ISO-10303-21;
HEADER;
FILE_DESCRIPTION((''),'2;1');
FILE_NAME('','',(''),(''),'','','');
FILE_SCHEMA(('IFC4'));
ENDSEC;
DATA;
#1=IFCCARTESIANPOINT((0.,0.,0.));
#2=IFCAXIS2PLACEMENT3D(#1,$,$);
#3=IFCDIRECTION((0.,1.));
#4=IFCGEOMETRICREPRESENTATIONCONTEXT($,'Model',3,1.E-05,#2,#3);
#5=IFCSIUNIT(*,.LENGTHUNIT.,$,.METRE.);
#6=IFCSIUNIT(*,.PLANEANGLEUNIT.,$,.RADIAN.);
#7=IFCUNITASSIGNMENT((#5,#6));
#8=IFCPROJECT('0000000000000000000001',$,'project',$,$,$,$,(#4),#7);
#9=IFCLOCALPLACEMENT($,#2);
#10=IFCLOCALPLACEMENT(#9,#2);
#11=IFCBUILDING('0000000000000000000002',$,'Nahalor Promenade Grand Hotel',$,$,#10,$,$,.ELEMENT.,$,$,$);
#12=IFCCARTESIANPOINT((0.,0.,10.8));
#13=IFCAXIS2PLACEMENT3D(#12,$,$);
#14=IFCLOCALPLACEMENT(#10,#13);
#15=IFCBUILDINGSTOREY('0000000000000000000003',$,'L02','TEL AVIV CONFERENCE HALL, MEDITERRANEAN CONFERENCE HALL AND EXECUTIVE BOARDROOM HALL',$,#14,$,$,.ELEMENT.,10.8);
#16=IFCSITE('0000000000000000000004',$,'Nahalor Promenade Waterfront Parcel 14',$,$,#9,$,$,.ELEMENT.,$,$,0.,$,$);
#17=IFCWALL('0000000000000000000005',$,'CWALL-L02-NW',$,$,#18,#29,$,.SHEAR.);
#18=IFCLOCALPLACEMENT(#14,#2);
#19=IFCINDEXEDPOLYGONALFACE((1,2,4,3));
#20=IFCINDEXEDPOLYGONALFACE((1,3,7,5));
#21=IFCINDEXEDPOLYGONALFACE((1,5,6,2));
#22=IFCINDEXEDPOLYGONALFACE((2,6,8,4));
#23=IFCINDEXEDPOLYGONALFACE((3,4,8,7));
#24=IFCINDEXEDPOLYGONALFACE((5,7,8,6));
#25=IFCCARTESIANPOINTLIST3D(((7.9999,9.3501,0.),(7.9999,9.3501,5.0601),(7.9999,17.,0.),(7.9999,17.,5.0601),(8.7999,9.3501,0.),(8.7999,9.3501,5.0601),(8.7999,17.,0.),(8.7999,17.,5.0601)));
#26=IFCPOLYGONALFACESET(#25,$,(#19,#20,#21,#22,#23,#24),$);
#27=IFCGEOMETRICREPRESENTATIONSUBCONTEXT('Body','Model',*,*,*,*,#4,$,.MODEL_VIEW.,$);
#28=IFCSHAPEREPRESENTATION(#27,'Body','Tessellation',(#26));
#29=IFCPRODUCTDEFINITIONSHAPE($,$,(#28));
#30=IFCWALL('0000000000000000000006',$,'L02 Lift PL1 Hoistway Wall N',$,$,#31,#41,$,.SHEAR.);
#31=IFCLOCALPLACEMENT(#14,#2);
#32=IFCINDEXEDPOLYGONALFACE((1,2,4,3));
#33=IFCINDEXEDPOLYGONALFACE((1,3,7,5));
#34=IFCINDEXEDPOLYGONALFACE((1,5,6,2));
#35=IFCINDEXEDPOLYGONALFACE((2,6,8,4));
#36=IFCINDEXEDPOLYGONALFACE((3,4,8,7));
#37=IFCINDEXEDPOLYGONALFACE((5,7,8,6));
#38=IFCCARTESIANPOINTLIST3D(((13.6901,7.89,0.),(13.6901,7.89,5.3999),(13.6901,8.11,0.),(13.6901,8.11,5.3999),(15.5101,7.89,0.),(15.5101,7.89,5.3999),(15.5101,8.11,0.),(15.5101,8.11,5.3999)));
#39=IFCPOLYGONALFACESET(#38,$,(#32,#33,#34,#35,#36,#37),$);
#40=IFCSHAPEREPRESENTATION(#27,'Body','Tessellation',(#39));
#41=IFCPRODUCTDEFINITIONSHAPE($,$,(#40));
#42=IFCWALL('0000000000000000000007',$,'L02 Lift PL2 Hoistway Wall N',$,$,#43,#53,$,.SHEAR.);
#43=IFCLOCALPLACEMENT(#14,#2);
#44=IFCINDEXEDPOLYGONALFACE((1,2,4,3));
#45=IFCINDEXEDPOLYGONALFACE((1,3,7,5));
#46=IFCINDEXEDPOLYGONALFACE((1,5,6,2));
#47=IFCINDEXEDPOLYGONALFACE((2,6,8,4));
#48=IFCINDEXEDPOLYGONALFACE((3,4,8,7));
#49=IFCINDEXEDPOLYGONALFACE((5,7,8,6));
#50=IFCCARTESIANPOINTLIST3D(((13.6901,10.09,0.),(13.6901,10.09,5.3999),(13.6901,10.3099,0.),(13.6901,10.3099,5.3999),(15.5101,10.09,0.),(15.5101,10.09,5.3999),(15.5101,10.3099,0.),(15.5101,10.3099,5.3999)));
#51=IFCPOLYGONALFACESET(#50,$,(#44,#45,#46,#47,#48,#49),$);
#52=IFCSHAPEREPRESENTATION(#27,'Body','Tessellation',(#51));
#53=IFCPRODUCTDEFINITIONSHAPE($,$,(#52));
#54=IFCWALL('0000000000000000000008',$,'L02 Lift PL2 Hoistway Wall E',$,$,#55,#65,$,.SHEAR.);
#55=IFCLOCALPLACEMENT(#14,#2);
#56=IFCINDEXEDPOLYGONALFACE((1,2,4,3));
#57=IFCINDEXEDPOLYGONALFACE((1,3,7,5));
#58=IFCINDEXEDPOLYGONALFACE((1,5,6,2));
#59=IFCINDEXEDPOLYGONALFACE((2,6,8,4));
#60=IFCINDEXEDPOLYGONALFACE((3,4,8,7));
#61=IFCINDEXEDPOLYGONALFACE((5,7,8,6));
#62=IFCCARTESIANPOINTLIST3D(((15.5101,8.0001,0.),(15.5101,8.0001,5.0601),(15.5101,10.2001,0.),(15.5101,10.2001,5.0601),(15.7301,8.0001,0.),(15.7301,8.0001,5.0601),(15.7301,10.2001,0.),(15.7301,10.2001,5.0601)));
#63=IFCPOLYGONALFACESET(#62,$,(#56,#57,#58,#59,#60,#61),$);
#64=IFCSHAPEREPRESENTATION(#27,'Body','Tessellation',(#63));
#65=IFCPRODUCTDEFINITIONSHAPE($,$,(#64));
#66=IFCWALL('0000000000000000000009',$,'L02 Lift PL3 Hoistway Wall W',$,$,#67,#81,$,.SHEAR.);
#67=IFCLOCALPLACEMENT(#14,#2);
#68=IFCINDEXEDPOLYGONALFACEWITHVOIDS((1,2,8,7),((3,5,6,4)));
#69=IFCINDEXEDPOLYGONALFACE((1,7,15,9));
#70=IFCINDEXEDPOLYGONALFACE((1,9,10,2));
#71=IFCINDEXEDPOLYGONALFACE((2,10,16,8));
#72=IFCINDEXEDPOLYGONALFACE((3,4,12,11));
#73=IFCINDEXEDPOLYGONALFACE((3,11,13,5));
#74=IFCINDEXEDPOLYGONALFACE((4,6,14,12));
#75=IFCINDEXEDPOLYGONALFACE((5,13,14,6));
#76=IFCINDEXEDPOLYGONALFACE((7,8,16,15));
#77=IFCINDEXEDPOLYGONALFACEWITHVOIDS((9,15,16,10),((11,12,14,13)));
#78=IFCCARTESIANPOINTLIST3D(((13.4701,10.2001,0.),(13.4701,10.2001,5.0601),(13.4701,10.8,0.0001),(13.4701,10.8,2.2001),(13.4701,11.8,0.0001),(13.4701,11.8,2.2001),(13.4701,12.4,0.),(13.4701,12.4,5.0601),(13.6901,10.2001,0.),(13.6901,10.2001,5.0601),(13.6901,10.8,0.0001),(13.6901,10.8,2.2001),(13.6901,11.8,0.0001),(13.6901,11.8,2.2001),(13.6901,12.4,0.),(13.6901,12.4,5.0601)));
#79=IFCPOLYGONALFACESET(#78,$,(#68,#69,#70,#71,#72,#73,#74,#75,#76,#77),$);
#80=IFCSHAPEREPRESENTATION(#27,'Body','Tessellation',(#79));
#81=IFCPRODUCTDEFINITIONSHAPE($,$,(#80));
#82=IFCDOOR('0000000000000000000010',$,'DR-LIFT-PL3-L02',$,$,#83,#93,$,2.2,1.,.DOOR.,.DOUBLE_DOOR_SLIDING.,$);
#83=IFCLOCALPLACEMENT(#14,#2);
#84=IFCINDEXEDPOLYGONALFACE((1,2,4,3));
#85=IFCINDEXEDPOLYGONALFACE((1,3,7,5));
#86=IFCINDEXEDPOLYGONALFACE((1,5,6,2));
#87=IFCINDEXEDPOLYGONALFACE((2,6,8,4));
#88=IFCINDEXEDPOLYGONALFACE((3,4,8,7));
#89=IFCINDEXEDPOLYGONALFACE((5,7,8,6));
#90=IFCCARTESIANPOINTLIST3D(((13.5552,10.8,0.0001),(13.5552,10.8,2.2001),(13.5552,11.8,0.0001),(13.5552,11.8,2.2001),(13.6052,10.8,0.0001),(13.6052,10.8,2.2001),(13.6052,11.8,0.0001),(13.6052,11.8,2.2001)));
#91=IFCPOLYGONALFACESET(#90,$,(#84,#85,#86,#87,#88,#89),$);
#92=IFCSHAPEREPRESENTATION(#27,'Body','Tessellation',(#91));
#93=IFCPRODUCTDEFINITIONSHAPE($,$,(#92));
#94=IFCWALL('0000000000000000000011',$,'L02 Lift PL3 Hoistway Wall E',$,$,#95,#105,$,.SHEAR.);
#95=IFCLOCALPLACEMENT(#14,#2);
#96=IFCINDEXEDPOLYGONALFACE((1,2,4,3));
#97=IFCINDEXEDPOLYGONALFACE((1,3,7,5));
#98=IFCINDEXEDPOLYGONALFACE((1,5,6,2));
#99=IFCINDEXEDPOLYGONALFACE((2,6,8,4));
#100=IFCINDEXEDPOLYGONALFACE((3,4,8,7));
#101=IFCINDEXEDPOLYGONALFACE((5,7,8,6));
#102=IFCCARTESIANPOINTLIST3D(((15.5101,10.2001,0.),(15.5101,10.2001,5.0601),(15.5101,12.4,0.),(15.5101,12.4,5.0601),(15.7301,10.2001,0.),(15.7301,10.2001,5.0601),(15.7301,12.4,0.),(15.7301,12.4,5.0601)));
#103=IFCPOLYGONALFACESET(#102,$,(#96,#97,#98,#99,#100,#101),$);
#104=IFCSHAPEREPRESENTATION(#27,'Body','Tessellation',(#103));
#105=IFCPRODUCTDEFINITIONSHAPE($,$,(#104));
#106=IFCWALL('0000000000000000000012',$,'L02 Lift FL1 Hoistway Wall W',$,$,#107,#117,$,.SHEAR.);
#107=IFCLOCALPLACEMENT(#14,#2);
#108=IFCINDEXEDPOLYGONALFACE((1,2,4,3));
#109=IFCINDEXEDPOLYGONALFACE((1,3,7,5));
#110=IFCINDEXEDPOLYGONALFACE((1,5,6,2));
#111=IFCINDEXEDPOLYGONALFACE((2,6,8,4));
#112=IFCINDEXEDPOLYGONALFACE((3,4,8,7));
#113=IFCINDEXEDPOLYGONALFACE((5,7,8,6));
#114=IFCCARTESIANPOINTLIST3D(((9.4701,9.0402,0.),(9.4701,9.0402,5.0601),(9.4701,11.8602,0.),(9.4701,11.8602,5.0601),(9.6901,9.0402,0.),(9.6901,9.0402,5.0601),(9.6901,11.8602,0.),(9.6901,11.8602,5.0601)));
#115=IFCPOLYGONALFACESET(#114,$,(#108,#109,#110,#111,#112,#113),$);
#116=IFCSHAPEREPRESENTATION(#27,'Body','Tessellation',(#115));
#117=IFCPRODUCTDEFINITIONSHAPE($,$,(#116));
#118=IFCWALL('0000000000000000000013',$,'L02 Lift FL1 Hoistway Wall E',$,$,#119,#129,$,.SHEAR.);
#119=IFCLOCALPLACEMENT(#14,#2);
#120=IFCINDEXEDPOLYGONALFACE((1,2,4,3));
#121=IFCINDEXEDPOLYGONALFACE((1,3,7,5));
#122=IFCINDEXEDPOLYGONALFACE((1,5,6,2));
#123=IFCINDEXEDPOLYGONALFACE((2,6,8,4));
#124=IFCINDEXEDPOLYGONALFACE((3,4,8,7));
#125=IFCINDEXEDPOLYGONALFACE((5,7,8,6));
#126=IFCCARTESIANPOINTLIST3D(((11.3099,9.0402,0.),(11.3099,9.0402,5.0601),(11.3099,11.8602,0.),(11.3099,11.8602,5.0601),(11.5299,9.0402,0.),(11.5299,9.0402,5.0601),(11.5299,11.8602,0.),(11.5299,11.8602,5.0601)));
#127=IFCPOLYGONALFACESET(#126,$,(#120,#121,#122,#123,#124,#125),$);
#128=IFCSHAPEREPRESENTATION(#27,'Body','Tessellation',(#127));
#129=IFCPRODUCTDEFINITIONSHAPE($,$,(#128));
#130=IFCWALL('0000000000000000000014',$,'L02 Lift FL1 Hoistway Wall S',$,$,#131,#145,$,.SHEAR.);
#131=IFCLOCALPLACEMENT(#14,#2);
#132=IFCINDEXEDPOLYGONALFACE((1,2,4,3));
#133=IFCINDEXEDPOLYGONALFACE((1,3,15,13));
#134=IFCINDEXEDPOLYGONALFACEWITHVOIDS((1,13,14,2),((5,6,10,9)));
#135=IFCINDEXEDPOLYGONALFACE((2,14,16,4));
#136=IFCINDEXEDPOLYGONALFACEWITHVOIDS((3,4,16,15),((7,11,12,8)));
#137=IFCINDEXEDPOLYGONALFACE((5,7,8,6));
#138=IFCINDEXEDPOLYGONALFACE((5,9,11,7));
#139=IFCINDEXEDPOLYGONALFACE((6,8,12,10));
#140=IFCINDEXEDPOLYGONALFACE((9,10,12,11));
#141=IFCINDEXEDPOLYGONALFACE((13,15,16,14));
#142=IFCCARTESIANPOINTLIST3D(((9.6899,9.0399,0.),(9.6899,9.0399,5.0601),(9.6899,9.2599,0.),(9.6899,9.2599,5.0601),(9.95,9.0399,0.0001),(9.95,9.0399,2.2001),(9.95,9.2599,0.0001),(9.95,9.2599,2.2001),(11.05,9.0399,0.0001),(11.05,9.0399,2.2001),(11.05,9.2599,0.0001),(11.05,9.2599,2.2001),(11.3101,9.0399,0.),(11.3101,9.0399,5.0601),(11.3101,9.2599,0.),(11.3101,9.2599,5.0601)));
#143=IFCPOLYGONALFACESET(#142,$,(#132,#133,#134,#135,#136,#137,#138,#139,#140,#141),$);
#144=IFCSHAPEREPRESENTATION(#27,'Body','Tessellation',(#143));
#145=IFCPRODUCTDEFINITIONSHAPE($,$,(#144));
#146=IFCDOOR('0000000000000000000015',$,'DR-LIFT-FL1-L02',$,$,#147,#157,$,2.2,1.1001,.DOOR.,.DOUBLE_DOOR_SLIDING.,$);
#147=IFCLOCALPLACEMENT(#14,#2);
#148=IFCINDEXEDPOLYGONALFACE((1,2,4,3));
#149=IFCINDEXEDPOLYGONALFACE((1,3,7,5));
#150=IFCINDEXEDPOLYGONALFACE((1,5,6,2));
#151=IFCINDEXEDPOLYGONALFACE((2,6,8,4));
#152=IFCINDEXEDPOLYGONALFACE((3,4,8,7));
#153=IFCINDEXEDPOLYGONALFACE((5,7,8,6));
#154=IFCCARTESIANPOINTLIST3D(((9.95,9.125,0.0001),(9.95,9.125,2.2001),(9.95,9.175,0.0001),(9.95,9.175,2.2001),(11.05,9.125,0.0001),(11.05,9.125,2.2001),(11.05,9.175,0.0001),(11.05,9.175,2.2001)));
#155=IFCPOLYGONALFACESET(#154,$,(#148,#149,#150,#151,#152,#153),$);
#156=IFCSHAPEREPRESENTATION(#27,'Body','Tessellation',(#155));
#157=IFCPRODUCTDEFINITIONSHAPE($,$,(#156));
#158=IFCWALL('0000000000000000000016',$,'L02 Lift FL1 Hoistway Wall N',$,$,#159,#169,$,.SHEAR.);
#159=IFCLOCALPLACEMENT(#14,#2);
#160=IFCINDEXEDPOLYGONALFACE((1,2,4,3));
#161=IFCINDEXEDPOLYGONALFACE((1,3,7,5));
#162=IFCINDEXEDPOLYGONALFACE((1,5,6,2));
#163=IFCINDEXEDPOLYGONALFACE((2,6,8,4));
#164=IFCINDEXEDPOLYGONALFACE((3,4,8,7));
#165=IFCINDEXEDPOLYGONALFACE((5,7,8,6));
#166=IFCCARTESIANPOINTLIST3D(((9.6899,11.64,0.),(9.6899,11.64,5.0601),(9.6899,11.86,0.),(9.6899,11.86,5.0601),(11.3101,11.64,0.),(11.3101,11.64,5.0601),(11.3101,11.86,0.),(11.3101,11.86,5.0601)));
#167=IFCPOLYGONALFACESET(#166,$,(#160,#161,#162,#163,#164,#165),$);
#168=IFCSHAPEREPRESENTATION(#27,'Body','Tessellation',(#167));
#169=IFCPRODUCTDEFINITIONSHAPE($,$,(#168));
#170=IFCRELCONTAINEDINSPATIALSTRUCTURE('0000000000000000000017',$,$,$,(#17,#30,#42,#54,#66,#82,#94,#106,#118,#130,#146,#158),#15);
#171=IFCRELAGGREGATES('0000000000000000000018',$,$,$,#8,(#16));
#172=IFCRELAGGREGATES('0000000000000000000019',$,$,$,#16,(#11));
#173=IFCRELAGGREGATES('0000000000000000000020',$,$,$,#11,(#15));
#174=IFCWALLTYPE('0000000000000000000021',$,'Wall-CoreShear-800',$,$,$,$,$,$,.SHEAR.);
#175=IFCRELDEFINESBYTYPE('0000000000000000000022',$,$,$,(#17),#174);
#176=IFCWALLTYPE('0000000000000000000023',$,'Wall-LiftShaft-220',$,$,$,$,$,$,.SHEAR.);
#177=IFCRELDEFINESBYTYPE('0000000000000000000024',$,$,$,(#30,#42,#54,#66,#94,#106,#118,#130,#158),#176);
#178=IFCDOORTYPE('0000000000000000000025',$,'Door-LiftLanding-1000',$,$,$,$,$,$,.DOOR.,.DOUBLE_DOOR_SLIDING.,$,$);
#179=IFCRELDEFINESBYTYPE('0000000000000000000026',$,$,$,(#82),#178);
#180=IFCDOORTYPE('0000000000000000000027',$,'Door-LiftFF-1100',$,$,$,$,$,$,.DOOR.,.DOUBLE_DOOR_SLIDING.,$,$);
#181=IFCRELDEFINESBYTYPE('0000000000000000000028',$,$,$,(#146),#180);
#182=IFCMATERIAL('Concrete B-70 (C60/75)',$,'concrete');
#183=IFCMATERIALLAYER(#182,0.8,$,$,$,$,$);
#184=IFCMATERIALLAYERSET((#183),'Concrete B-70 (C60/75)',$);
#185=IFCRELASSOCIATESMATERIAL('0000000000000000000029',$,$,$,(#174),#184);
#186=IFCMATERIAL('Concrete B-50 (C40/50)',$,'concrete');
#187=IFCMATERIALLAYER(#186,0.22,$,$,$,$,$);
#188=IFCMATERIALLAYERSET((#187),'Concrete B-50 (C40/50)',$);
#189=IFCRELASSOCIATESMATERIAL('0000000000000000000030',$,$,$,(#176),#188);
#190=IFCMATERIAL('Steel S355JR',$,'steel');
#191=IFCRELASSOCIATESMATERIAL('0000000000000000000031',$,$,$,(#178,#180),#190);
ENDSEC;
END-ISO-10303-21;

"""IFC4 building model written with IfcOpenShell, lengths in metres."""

from ifc_helpers import new_model, si_unit, direction, frame, frame_2d, origin, place, context, subcontext, project, spatial, rectangle, extrude, source, transform, mapped, material, layer, layer_set, type_object, element, fill, save


model = new_model("IFC4")

# Units and contexts
model_context = context("Model", 3, precision=1e-05, world=origin(), true_north=direction((0.0, 1.0)))
body_context = subcontext(model_context, "Body", "Model", "MODEL_VIEW")
ifc_project = project(units=[si_unit("LENGTHUNIT", "METRE"), si_unit("PLANEANGLEUNIT", "RADIAN")], contexts=[model_context])

# Site, building, storey
site_placement = place(None, origin())
site = spatial("IfcSite", under=ifc_project, at=site_placement, Name="Nahalor Promenade Waterfront Parcel 14", CompositionType="ELEMENT", RefElevation=0.0)
building_placement = place(site_placement, origin())
building = spatial("IfcBuilding", under=site, at=building_placement, Name="Nahalor Promenade Grand Hotel", CompositionType="ELEMENT")
storey_placement = place(building_placement, frame((0.0, 0.0, 10.8)))
storey = spatial("IfcBuildingStorey", under=building, at=storey_placement, Name="L02", Description="TEL AVIV CONFERENCE HALL, MEDITERRANEAN CONFERENCE HALL AND EXECUTIVE BOARDROOM HALL", CompositionType="ELEMENT", Elevation=10.8)

# Walls
ifc_material_1 = material(Name="Concrete B-70 (C60/75)", Category="concrete")
ifc_layer_1 = layer(ifc_material_1, 0.8)
ifc_layer_set_1 = layer_set([ifc_layer_1], Name="Concrete B-70 (C60/75)")
wall_type_1 = type_object("IfcWallType", Name="Wall-CoreShear-800", PredefinedType="SHEAR", material=ifc_layer_set_1)
shared_shape_1 = source(origin(), body_context, "Body", "SweptSolid", [
    extrude(rectangle(XDim=7.6499, YDim=0.8, at=frame_2d((3.825, 0.0))), origin(), (0.0, 0.0, 1.0), 5.0601),
])
wall_1_placement = place(storey_placement, frame((8.3999, 9.3501, 0.0), z_axis=(0.0, 0.0, 1.0), x_axis=(0.0, 1.0, 0.0)))
element("IfcWall", 1, at=wall_1_placement, inside=storey, type_object=wall_type_1, Name="CWALL-L02-NW", PredefinedType="SHEAR", context=body_context, shape_type="MappedRepresentation", body=[
    mapped(shared_shape_1, transform((0.0, 0.0, 0.0), scale=1.0)),
])
ifc_material_2 = material(Name="Concrete B-50 (C40/50)", Category="concrete")
ifc_layer_2 = layer(ifc_material_2, 0.22)
ifc_layer_set_2 = layer_set([ifc_layer_2], Name="Concrete B-50 (C40/50)")
wall_type_2 = type_object("IfcWallType", Name="Wall-LiftShaft-220", PredefinedType="SHEAR", material=ifc_layer_set_2)
shared_shape_2 = source(origin(), body_context, "Body", "SweptSolid", [
    extrude(rectangle(XDim=1.8201, YDim=0.22, at=frame_2d((0.9102, 0.0))), origin(), (0.0, 0.0, 1.0), 5.3999),
])
for number, where, z_axis, x_axis, name in (
    (2, (13.6899, 8.0, 0.0), (0.0, 0.0, 1.0), (1.0, 0.0, 0.0), "L02 Lift PL1 Hoistway Wall N"),
    (3, (13.6899, 10.2, 0.0), (0.0, 0.0, 1.0), (1.0, 0.0, 0.0), "L02 Lift PL2 Hoistway Wall N"),
):
    element("IfcWall", number, at=place(storey_placement, frame(where, z_axis=z_axis, x_axis=x_axis)), inside=storey, type_object=wall_type_2, Name=name, PredefinedType="SHEAR", context=body_context, shape_type="MappedRepresentation", body=[
        mapped(shared_shape_2, transform((0.0, 0.0, 0.0), scale=1.0)),
    ])
shared_shape_3 = source(origin(), body_context, "Body", "SweptSolid", [
    extrude(rectangle(XDim=2.2, YDim=0.22, at=frame_2d((1.1001, 0.0))), origin(), (0.0, 0.0, 1.0), 5.0601),
])
wall_2_placement = place(storey_placement, frame((15.6201, 8.0, 0.0), z_axis=(0.0, 0.0, 1.0), x_axis=(0.0, 1.0, 0.0)))
element("IfcWall", 4, at=wall_2_placement, inside=storey, type_object=wall_type_2, Name="L02 Lift PL2 Hoistway Wall E", PredefinedType="SHEAR", context=body_context, shape_type="MappedRepresentation", body=[
    mapped(shared_shape_3, transform((0.0, 0.0, 0.0), scale=1.0)),
])

# Wall, opening, door
wall_3_placement = place(storey_placement, frame((13.5801, 10.2, 0.0), z_axis=(0.0, 0.0, 1.0), x_axis=(0.0, 1.0, 0.0)))
wall_3 = element("IfcWall", 5, at=wall_3_placement, inside=storey, type_object=wall_type_2, Name="L02 Lift PL3 Hoistway Wall W", PredefinedType="SHEAR", context=body_context, shape_type="MappedRepresentation", body=[
    mapped(shared_shape_3, transform((0.0, 0.0, 0.0), scale=1.0)),
])
opening_1_placement = place(wall_3_placement, frame((0.6001, 0.0, 0.0)))
opening_1 = element("IfcOpeningElement", 6, at=opening_1_placement, cuts=wall_3, PredefinedType="OPENING", context=body_context, shape_type="SweptSolid", body=[
    extrude(rectangle(XDim=1.0, YDim=2.2, at=frame_2d((0.5, 1.1001))), frame((0.0, 0.1199, 0.0), z_axis=(0.0, -1.0, 0.0), x_axis=(1.0, 0.0, 0.0)), (0.0, 0.0, 1.0), 0.24),
])
ifc_material_3 = material(Name="Steel S355JR", Category="steel")
door_type_1 = type_object("IfcDoorType", Name="Door-LiftLanding-1000", OperationType="DOUBLE_DOOR_SLIDING", PredefinedType="DOOR", material=ifc_material_3)
shared_shape_4 = source(origin(), body_context, "Body", "SweptSolid", [
    extrude(rectangle(XDim=1.0, YDim=2.2, at=frame_2d((0.5, 1.1001))), frame((0.0, 0.0249, 0.0), z_axis=(0.0, -1.0, 0.0), x_axis=(1.0, 0.0, 0.0)), (0.0, 0.0, 1.0), 0.05),
])
door_1_placement = place(opening_1_placement, origin())
door_1 = element("IfcDoor", 7, at=door_1_placement, inside=storey, type_object=door_type_1, Name="DR-LIFT-PL3-L02", OperationType="DOUBLE_DOOR_SLIDING", OverallHeight=2.2, OverallWidth=1.0, PredefinedType="DOOR", context=body_context, shape_type="MappedRepresentation", body=[
    mapped(shared_shape_4, transform((0.0, 0.0, 0.0), scale=1.0)),
])
fill(opening_1, door_1)

# Walls
wall_4_placement = place(storey_placement, frame((15.6201, 10.2, 0.0), z_axis=(0.0, 0.0, 1.0), x_axis=(0.0, 1.0, 0.0)))
element("IfcWall", 8, at=wall_4_placement, inside=storey, type_object=wall_type_2, Name="L02 Lift PL3 Hoistway Wall E", PredefinedType="SHEAR", context=body_context, shape_type="MappedRepresentation", body=[
    mapped(shared_shape_3, transform((0.0, 0.0, 0.0), scale=1.0)),
])
shared_shape_5 = source(origin(), body_context, "Body", "SweptSolid", [
    extrude(rectangle(XDim=2.8201, YDim=0.22, at=frame_2d((1.4102, 0.0))), origin(), (0.0, 0.0, 1.0), 5.0601),
])
for number, where, z_axis, x_axis, name in (
    (9, (9.5801, 9.04, 0.0), (0.0, 0.0, 1.0), (0.0, 1.0, 0.0), "L02 Lift FL1 Hoistway Wall W"),
    (10, (11.4199, 9.04, 0.0), (0.0, 0.0, 1.0), (0.0, 1.0, 0.0), "L02 Lift FL1 Hoistway Wall E"),
):
    element("IfcWall", number, at=place(storey_placement, frame(where, z_axis=z_axis, x_axis=x_axis)), inside=storey, type_object=wall_type_2, Name=name, PredefinedType="SHEAR", context=body_context, shape_type="MappedRepresentation", body=[
        mapped(shared_shape_5, transform((0.0, 0.0, 0.0), scale=1.0)),
    ])

# Wall, opening, door
shared_shape_6 = source(origin(), body_context, "Body", "SweptSolid", [
    extrude(rectangle(XDim=1.6201, YDim=0.22, at=frame_2d((0.8101, 0.0))), origin(), (0.0, 0.0, 1.0), 5.0601),
])
wall_5_placement = place(storey_placement, frame((9.6899, 9.1499, 0.0), z_axis=(0.0, 0.0, 1.0), x_axis=(1.0, 0.0, 0.0)))
wall_5 = element("IfcWall", 11, at=wall_5_placement, inside=storey, type_object=wall_type_2, Name="L02 Lift FL1 Hoistway Wall S", PredefinedType="SHEAR", context=body_context, shape_type="MappedRepresentation", body=[
    mapped(shared_shape_6, transform((0.0, 0.0, 0.0), scale=1.0)),
])
opening_2_placement = place(wall_5_placement, frame((0.26, 0.0, 0.0)))
opening_2 = element("IfcOpeningElement", 12, at=opening_2_placement, cuts=wall_5, PredefinedType="OPENING", context=body_context, shape_type="SweptSolid", body=[
    extrude(rectangle(XDim=1.1001, YDim=2.2, at=frame_2d((0.55, 1.1001))), frame((0.0, 0.1199, 0.0), z_axis=(0.0, -1.0, 0.0), x_axis=(1.0, 0.0, 0.0)), (0.0, 0.0, 1.0), 0.24),
])
door_type_2 = type_object("IfcDoorType", Name="Door-LiftFF-1100", OperationType="DOUBLE_DOOR_SLIDING", PredefinedType="DOOR", material=ifc_material_3)
shared_shape_7 = source(origin(), body_context, "Body", "SweptSolid", [
    extrude(rectangle(XDim=1.1001, YDim=2.2, at=frame_2d((0.55, 1.1001))), frame((0.0, 0.0249, 0.0), z_axis=(0.0, -1.0, 0.0), x_axis=(1.0, 0.0, 0.0)), (0.0, 0.0, 1.0), 0.05),
])
door_2_placement = place(opening_2_placement, frame((1.1001, 0.0, 0.0), z_axis=(0.0, 0.0, 1.0), x_axis=(-1.0, 0.0, 0.0)))
door_2 = element("IfcDoor", 13, at=door_2_placement, inside=storey, type_object=door_type_2, Name="DR-LIFT-FL1-L02", OperationType="DOUBLE_DOOR_SLIDING", OverallHeight=2.2, OverallWidth=1.1001, PredefinedType="DOOR", context=body_context, shape_type="MappedRepresentation", body=[
    mapped(shared_shape_7, transform((0.0, 0.0, 0.0), scale=1.0)),
])
fill(opening_2, door_2)

# Wall
wall_6_placement = place(storey_placement, frame((9.6899, 11.75, 0.0), z_axis=(0.0, 0.0, 1.0), x_axis=(1.0, 0.0, 0.0)))
element("IfcWall", 14, at=wall_6_placement, inside=storey, type_object=wall_type_2, Name="L02 Lift FL1 Hoistway Wall N", PredefinedType="SHEAR", context=body_context, shape_type="MappedRepresentation", body=[
    mapped(shared_shape_6, transform((0.0, 0.0, 0.0), scale=1.0)),
])

save(model, "model.ifc")
